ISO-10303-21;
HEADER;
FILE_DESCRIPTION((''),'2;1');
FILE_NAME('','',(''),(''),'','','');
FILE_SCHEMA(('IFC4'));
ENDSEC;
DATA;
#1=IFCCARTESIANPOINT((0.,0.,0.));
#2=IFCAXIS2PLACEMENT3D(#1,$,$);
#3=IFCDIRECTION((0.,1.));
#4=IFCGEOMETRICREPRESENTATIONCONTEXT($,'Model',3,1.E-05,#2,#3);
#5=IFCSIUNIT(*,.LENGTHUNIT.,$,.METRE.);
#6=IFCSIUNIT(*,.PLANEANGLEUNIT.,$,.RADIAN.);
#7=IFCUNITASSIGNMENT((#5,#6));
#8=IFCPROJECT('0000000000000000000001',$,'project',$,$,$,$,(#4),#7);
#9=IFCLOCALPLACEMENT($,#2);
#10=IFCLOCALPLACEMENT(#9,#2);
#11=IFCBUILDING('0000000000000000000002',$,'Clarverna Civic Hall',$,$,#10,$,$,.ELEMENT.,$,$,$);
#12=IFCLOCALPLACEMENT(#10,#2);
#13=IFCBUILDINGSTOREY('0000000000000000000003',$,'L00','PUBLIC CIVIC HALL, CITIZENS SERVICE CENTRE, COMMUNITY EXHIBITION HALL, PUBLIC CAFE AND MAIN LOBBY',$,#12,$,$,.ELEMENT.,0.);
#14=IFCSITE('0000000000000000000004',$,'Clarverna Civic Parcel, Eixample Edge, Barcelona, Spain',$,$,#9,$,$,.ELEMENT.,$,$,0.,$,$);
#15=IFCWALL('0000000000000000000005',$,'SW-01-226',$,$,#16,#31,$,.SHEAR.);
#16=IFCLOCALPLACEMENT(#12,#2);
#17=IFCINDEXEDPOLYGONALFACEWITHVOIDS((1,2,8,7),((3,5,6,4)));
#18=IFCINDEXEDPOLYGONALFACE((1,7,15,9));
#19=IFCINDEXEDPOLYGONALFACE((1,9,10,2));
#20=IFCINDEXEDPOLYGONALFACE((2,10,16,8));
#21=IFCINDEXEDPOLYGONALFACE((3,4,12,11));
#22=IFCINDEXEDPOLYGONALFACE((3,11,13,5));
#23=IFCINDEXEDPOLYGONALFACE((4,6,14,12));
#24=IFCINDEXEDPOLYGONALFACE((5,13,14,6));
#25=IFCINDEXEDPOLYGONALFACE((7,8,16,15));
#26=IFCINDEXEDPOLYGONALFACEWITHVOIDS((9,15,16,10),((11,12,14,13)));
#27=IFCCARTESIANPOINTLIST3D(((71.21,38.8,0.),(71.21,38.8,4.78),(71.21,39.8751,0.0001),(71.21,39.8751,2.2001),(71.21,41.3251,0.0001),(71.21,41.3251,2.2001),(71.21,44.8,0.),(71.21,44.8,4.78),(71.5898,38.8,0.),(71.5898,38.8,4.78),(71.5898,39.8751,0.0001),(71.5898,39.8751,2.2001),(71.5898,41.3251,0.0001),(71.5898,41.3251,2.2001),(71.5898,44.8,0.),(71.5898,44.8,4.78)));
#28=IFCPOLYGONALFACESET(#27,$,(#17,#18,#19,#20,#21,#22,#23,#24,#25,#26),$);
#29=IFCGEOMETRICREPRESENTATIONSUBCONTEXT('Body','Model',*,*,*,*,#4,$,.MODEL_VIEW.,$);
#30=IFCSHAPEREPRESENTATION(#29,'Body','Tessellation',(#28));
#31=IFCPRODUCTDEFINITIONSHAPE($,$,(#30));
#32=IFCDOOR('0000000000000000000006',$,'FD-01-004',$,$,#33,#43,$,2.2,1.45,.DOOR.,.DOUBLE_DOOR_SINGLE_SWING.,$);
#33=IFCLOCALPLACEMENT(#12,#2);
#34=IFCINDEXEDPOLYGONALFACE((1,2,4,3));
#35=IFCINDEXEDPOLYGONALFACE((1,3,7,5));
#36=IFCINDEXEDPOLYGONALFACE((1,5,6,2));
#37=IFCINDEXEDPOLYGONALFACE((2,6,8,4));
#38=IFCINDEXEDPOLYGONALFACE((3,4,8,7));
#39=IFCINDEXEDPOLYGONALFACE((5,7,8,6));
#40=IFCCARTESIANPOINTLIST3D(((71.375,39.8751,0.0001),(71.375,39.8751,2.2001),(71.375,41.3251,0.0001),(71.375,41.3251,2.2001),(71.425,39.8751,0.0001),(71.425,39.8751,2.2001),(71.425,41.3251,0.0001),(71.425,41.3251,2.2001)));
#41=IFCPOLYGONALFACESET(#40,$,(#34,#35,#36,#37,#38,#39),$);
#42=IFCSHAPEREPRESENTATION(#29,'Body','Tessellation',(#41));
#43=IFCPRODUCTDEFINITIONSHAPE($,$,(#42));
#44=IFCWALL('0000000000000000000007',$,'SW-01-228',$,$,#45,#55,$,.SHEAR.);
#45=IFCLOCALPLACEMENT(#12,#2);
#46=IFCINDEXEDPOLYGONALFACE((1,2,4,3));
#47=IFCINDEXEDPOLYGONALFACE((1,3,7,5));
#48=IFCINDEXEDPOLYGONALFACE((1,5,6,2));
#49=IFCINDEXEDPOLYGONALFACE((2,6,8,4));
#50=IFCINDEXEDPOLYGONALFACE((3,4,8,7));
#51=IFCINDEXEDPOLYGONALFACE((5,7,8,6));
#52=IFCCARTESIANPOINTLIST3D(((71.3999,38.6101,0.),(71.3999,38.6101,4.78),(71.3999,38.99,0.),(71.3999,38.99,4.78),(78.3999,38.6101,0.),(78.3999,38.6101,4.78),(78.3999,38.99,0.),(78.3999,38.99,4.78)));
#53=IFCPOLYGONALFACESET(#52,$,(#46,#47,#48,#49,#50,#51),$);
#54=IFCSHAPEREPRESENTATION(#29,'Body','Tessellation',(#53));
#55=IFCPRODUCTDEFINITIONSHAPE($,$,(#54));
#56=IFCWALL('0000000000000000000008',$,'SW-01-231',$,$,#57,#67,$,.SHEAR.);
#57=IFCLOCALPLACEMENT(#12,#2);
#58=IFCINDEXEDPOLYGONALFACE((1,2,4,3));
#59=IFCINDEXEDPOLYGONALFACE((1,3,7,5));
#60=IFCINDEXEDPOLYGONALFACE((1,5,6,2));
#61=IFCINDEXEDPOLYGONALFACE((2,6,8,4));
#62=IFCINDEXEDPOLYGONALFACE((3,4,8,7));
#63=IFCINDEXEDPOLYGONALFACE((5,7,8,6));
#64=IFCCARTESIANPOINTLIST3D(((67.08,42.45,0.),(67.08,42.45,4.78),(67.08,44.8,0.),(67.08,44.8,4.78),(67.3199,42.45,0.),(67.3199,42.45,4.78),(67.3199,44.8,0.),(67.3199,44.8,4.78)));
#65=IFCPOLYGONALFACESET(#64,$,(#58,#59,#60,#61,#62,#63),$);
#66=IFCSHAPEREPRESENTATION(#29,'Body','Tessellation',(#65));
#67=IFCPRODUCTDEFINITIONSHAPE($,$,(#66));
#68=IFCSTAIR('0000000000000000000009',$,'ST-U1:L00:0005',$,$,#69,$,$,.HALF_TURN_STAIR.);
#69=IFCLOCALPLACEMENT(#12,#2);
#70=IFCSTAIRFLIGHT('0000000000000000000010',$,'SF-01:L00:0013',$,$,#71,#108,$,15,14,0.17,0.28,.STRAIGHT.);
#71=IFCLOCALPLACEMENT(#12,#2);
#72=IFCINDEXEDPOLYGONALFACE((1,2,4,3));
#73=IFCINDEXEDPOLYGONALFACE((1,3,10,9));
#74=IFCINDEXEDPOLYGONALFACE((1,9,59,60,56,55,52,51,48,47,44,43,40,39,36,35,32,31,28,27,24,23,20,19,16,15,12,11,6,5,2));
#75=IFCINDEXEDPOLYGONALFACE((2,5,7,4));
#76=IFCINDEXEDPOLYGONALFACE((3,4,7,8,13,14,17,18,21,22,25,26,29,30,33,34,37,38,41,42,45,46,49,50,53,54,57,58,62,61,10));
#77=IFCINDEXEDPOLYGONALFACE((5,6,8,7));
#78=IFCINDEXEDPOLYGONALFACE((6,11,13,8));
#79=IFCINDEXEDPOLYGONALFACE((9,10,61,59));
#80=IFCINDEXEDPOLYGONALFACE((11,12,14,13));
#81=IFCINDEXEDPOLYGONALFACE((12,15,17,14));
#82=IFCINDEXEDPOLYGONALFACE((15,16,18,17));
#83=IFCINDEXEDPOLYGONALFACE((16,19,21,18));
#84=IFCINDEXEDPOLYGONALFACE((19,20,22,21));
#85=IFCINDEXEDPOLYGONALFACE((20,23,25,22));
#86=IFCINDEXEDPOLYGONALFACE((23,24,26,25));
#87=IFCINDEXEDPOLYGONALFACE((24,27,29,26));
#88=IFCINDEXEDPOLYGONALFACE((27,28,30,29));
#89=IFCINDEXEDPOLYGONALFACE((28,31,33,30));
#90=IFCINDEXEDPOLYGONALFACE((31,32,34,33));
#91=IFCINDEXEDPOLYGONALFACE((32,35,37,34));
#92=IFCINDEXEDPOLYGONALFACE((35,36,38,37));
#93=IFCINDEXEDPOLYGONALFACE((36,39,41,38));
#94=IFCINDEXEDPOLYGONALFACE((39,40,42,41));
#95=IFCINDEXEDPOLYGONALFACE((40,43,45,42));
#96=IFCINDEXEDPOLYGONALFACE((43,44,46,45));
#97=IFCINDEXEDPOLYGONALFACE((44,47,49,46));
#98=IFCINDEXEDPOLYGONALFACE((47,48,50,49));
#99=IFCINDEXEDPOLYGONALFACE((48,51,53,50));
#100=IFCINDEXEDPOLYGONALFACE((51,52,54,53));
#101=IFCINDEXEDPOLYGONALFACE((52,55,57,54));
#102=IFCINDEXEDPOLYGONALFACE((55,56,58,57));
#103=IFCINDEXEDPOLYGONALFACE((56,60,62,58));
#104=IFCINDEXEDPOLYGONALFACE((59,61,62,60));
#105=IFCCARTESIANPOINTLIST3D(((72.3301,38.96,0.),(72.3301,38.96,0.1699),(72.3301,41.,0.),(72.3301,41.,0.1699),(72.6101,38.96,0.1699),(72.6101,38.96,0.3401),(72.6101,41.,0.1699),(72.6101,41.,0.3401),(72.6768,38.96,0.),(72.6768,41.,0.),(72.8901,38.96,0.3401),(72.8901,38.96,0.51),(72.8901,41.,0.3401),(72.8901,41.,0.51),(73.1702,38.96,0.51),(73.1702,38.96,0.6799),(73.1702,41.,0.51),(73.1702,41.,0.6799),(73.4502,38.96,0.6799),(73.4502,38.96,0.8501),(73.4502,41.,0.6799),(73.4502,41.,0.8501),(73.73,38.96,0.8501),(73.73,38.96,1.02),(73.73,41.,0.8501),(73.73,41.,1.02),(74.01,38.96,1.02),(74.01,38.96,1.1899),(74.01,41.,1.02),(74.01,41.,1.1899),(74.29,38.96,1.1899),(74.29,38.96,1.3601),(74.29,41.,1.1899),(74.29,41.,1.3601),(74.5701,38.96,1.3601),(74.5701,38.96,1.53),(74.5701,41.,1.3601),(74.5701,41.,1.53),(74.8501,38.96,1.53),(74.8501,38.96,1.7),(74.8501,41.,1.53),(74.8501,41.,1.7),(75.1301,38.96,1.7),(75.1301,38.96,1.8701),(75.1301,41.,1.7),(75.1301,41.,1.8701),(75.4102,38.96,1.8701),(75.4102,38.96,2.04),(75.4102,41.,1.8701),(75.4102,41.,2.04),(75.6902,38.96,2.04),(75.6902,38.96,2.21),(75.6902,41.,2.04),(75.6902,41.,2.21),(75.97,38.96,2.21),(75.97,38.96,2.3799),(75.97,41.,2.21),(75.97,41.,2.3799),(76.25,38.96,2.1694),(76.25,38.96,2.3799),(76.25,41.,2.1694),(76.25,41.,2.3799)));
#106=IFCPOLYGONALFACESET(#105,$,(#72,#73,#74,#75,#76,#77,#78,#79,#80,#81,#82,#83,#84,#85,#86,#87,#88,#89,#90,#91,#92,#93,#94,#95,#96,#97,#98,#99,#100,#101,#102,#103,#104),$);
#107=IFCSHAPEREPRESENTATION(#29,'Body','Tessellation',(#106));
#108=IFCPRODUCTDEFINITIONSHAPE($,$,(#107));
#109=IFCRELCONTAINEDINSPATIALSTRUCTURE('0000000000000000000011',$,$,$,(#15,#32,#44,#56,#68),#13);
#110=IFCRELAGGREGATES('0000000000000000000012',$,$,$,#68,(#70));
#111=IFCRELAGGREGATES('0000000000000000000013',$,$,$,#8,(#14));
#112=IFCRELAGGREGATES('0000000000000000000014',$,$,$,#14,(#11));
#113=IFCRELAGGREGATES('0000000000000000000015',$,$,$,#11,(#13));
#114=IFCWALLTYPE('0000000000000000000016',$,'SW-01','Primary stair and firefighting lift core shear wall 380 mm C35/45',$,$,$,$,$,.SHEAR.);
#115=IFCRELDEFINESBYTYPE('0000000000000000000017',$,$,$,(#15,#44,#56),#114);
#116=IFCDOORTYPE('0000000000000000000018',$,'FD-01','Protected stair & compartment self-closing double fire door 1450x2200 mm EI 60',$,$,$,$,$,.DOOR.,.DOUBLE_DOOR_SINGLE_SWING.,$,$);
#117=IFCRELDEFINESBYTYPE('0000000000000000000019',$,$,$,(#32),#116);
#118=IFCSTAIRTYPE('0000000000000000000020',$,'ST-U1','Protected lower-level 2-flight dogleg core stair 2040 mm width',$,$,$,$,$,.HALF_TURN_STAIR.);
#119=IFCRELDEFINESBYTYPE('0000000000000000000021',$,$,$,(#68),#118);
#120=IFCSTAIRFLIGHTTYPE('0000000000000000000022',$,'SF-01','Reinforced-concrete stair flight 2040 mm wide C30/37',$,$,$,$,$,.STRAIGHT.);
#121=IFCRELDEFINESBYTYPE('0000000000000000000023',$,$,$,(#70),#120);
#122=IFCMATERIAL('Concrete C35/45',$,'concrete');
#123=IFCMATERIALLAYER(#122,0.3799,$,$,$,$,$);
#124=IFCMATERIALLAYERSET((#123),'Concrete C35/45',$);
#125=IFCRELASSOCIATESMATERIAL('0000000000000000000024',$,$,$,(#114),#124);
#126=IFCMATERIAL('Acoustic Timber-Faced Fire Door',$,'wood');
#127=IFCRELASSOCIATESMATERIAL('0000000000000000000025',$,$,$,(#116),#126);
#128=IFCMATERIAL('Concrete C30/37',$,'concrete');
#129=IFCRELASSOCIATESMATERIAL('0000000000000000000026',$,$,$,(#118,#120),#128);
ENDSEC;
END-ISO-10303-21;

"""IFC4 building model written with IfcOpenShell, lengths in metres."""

from ifc_helpers import new_model, si_unit, direction, frame, frame_2d, origin, place, context, subcontext, project, spatial, polyline, rectangle, outline, extrude, material, layer, layer_set, type_object, element, fill, aggregate, save


model = new_model("IFC4")

# Units and contexts
model_context = context("Model", 3, precision=1e-05, world=origin(), true_north=direction((0.0, 1.0)))
body_context = subcontext(model_context, "Body", "Model", "MODEL_VIEW")
ifc_project = project(units=[si_unit("LENGTHUNIT", "METRE"), si_unit("PLANEANGLEUNIT", "RADIAN")], contexts=[model_context])

# Site, building, storey
site_placement = place(None, origin())
site = spatial("IfcSite", under=ifc_project, at=site_placement, Name="Clarverna Civic Parcel, Eixample Edge, Barcelona, Spain", CompositionType="ELEMENT", RefElevation=0.0)
building_placement = place(site_placement, origin())
building = spatial("IfcBuilding", under=site, at=building_placement, Name="Clarverna Civic Hall", CompositionType="ELEMENT")
storey_placement = place(building_placement, origin())
storey = spatial("IfcBuildingStorey", under=building, at=storey_placement, Name="L00", Description="PUBLIC CIVIC HALL, CITIZENS SERVICE CENTRE, COMMUNITY EXHIBITION HALL, PUBLIC CAFE AND MAIN LOBBY", CompositionType="ELEMENT", Elevation=0.0)

# Shared definitions
ifc_material_1 = material(Name="Concrete C35/45", Category="concrete")

# Wall, opening, door
ifc_material_2 = material(Name="Acoustic Timber-Faced Fire Door", Category="wood")
ifc_layer_1 = layer(ifc_material_1, 0.3799)
ifc_layer_set_1 = layer_set([ifc_layer_1], Name="Concrete C35/45")
wall_type_1 = type_object("IfcWallType", Name="SW-01", Description="Primary stair and firefighting lift core shear wall 380 mm C35/45", PredefinedType="SHEAR", material=ifc_layer_set_1)
wall_1_placement = place(storey_placement, frame((71.3999, 38.8, 0.0), z_axis=(0.0, 0.0, 1.0), x_axis=(0.0, 1.0, 0.0)))
wall_1 = element("IfcWall", 1, at=wall_1_placement, inside=storey, type_object=wall_type_1, Name="SW-01-226", PredefinedType="SHEAR", context=body_context, shape_type="SweptSolid", body=[
    extrude(rectangle(XDim=6.0, YDim=0.3799, at=frame_2d((3.0, 0.0))), origin(), (0.0, 0.0, 1.0), 4.78),
])
opening_1_placement = place(wall_1_placement, frame((1.075, 0.0, 0.0)))
opening_1 = element("IfcOpeningElement", 2, at=opening_1_placement, cuts=wall_1, PredefinedType="OPENING", context=body_context, shape_type="SweptSolid", body=[
    extrude(rectangle(XDim=1.45, YDim=2.2, at=frame_2d((0.7251, 1.1001))), frame((0.0, 0.2, 0.0), z_axis=(0.0, -1.0, 0.0), x_axis=(1.0, 0.0, 0.0)), (0.0, 0.0, 1.0), 0.3999),
])
door_type_1 = type_object("IfcDoorType", Name="FD-01", Description="Protected stair & compartment self-closing double fire door 1450x2200 mm EI 60", OperationType="DOUBLE_DOOR_SINGLE_SWING", PredefinedType="DOOR", material=ifc_material_2)
door_1_placement = place(opening_1_placement, origin())
door_1 = element("IfcDoor", 3, at=door_1_placement, inside=storey, type_object=door_type_1, Name="FD-01-004", OperationType="DOUBLE_DOOR_SINGLE_SWING", OverallHeight=2.2, OverallWidth=1.45, PredefinedType="DOOR", context=body_context, shape_type="SweptSolid", body=[
    extrude(rectangle(XDim=1.45, YDim=2.2, at=frame_2d((0.7251, 1.1001))), frame((0.0, 0.0249, 0.0), z_axis=(0.0, -1.0, 0.0), x_axis=(1.0, 0.0, 0.0)), (0.0, 0.0, 1.0), 0.05),
])
fill(opening_1, door_1)

# Walls
wall_2_placement = place(storey_placement, frame((71.3999, 38.8, 0.0), z_axis=(0.0, 0.0, 1.0), x_axis=(1.0, 0.0, 0.0)))
element("IfcWall", 4, at=wall_2_placement, inside=storey, type_object=wall_type_1, Name="SW-01-228", PredefinedType="SHEAR", context=body_context, shape_type="SweptSolid", body=[
    extrude(rectangle(XDim=7.0, YDim=0.3799, at=frame_2d((3.5, 0.0))), origin(), (0.0, 0.0, 1.0), 4.78),
])
wall_3_placement = place(storey_placement, frame((67.2, 42.45, 0.0), z_axis=(0.0, 0.0, 1.0), x_axis=(0.0, 1.0, 0.0)))
element("IfcWall", 5, at=wall_3_placement, inside=storey, type_object=wall_type_1, Name="SW-01-231", PredefinedType="SHEAR", context=body_context, shape_type="SweptSolid", body=[
    extrude(rectangle(XDim=2.3501, YDim=0.24, at=frame_2d((1.175, 0.0))), origin(), (0.0, 0.0, 1.0), 4.78),
])

# Stair, stair flight
ifc_material_3 = material(Name="Concrete C30/37", Category="concrete")
stair_type = type_object("IfcStairType", Name="ST-U1", Description="Protected lower-level 2-flight dogleg core stair 2040 mm width", PredefinedType="HALF_TURN_STAIR", material=ifc_material_3)
stair_placement = place(storey_placement, origin())
stair = element("IfcStair", 6, at=stair_placement, inside=storey, type_object=stair_type, Name="ST-U1:L00:0005", PredefinedType="HALF_TURN_STAIR")
stair_flight_type = type_object("IfcStairFlightType", Name="SF-01", Description="Reinforced-concrete stair flight 2040 mm wide C30/37", PredefinedType="STRAIGHT", material=ifc_material_3)
stair_flight_placement = place(storey_placement, frame((72.3301, 39.98, 0.0), z_axis=(0.0, 0.0, 1.0), x_axis=(1.0, 0.0, 0.0)))
stair_flight = element("IfcStairFlight", 7, at=stair_flight_placement, type_object=stair_flight_type, Name="SF-01:L00:0013", NumberOfRisers=15, NumberOfTreads=14, PredefinedType="STRAIGHT", RiserHeight=0.17, TreadLength=0.28, context=body_context, shape_type="SweptSolid", body=[
    extrude(outline(polyline([(0.0, 0.0), (0.0, 0.1699), (0.28, 0.1699), (0.28, 0.3401), (0.5601, 0.3401), (0.5601, 0.51), (0.8401, 0.51), (0.8401, 0.6799), (1.1201, 0.6799), (1.1201, 0.8501), (1.3999, 0.8501), (1.3999, 1.02), (1.6799, 1.02), (1.6799, 1.1899), (1.96, 1.1899), (1.96, 1.3601), (2.24, 1.3601), (2.24, 1.53), (2.52, 1.53), (2.52, 1.7), (2.8, 1.7), (2.8, 1.8701), (3.0801, 1.8701), (3.0801, 2.04), (3.3601, 2.04), (3.3601, 2.21), (3.6399, 2.21), (3.6399, 2.3799), (3.9199, 2.3799), (3.9199, 2.55), (3.9199, 2.1694), (0.3467, 0.0), (0.0, 0.0)])), frame((0.0, 1.02, 0.0), z_axis=(0.0, -1.0, 0.0), x_axis=(1.0, 0.0, 0.0)), (0.0, 0.0, 1.0), 2.04),
])
aggregate(stair, [stair_flight])

save(model, "model.ifc")
